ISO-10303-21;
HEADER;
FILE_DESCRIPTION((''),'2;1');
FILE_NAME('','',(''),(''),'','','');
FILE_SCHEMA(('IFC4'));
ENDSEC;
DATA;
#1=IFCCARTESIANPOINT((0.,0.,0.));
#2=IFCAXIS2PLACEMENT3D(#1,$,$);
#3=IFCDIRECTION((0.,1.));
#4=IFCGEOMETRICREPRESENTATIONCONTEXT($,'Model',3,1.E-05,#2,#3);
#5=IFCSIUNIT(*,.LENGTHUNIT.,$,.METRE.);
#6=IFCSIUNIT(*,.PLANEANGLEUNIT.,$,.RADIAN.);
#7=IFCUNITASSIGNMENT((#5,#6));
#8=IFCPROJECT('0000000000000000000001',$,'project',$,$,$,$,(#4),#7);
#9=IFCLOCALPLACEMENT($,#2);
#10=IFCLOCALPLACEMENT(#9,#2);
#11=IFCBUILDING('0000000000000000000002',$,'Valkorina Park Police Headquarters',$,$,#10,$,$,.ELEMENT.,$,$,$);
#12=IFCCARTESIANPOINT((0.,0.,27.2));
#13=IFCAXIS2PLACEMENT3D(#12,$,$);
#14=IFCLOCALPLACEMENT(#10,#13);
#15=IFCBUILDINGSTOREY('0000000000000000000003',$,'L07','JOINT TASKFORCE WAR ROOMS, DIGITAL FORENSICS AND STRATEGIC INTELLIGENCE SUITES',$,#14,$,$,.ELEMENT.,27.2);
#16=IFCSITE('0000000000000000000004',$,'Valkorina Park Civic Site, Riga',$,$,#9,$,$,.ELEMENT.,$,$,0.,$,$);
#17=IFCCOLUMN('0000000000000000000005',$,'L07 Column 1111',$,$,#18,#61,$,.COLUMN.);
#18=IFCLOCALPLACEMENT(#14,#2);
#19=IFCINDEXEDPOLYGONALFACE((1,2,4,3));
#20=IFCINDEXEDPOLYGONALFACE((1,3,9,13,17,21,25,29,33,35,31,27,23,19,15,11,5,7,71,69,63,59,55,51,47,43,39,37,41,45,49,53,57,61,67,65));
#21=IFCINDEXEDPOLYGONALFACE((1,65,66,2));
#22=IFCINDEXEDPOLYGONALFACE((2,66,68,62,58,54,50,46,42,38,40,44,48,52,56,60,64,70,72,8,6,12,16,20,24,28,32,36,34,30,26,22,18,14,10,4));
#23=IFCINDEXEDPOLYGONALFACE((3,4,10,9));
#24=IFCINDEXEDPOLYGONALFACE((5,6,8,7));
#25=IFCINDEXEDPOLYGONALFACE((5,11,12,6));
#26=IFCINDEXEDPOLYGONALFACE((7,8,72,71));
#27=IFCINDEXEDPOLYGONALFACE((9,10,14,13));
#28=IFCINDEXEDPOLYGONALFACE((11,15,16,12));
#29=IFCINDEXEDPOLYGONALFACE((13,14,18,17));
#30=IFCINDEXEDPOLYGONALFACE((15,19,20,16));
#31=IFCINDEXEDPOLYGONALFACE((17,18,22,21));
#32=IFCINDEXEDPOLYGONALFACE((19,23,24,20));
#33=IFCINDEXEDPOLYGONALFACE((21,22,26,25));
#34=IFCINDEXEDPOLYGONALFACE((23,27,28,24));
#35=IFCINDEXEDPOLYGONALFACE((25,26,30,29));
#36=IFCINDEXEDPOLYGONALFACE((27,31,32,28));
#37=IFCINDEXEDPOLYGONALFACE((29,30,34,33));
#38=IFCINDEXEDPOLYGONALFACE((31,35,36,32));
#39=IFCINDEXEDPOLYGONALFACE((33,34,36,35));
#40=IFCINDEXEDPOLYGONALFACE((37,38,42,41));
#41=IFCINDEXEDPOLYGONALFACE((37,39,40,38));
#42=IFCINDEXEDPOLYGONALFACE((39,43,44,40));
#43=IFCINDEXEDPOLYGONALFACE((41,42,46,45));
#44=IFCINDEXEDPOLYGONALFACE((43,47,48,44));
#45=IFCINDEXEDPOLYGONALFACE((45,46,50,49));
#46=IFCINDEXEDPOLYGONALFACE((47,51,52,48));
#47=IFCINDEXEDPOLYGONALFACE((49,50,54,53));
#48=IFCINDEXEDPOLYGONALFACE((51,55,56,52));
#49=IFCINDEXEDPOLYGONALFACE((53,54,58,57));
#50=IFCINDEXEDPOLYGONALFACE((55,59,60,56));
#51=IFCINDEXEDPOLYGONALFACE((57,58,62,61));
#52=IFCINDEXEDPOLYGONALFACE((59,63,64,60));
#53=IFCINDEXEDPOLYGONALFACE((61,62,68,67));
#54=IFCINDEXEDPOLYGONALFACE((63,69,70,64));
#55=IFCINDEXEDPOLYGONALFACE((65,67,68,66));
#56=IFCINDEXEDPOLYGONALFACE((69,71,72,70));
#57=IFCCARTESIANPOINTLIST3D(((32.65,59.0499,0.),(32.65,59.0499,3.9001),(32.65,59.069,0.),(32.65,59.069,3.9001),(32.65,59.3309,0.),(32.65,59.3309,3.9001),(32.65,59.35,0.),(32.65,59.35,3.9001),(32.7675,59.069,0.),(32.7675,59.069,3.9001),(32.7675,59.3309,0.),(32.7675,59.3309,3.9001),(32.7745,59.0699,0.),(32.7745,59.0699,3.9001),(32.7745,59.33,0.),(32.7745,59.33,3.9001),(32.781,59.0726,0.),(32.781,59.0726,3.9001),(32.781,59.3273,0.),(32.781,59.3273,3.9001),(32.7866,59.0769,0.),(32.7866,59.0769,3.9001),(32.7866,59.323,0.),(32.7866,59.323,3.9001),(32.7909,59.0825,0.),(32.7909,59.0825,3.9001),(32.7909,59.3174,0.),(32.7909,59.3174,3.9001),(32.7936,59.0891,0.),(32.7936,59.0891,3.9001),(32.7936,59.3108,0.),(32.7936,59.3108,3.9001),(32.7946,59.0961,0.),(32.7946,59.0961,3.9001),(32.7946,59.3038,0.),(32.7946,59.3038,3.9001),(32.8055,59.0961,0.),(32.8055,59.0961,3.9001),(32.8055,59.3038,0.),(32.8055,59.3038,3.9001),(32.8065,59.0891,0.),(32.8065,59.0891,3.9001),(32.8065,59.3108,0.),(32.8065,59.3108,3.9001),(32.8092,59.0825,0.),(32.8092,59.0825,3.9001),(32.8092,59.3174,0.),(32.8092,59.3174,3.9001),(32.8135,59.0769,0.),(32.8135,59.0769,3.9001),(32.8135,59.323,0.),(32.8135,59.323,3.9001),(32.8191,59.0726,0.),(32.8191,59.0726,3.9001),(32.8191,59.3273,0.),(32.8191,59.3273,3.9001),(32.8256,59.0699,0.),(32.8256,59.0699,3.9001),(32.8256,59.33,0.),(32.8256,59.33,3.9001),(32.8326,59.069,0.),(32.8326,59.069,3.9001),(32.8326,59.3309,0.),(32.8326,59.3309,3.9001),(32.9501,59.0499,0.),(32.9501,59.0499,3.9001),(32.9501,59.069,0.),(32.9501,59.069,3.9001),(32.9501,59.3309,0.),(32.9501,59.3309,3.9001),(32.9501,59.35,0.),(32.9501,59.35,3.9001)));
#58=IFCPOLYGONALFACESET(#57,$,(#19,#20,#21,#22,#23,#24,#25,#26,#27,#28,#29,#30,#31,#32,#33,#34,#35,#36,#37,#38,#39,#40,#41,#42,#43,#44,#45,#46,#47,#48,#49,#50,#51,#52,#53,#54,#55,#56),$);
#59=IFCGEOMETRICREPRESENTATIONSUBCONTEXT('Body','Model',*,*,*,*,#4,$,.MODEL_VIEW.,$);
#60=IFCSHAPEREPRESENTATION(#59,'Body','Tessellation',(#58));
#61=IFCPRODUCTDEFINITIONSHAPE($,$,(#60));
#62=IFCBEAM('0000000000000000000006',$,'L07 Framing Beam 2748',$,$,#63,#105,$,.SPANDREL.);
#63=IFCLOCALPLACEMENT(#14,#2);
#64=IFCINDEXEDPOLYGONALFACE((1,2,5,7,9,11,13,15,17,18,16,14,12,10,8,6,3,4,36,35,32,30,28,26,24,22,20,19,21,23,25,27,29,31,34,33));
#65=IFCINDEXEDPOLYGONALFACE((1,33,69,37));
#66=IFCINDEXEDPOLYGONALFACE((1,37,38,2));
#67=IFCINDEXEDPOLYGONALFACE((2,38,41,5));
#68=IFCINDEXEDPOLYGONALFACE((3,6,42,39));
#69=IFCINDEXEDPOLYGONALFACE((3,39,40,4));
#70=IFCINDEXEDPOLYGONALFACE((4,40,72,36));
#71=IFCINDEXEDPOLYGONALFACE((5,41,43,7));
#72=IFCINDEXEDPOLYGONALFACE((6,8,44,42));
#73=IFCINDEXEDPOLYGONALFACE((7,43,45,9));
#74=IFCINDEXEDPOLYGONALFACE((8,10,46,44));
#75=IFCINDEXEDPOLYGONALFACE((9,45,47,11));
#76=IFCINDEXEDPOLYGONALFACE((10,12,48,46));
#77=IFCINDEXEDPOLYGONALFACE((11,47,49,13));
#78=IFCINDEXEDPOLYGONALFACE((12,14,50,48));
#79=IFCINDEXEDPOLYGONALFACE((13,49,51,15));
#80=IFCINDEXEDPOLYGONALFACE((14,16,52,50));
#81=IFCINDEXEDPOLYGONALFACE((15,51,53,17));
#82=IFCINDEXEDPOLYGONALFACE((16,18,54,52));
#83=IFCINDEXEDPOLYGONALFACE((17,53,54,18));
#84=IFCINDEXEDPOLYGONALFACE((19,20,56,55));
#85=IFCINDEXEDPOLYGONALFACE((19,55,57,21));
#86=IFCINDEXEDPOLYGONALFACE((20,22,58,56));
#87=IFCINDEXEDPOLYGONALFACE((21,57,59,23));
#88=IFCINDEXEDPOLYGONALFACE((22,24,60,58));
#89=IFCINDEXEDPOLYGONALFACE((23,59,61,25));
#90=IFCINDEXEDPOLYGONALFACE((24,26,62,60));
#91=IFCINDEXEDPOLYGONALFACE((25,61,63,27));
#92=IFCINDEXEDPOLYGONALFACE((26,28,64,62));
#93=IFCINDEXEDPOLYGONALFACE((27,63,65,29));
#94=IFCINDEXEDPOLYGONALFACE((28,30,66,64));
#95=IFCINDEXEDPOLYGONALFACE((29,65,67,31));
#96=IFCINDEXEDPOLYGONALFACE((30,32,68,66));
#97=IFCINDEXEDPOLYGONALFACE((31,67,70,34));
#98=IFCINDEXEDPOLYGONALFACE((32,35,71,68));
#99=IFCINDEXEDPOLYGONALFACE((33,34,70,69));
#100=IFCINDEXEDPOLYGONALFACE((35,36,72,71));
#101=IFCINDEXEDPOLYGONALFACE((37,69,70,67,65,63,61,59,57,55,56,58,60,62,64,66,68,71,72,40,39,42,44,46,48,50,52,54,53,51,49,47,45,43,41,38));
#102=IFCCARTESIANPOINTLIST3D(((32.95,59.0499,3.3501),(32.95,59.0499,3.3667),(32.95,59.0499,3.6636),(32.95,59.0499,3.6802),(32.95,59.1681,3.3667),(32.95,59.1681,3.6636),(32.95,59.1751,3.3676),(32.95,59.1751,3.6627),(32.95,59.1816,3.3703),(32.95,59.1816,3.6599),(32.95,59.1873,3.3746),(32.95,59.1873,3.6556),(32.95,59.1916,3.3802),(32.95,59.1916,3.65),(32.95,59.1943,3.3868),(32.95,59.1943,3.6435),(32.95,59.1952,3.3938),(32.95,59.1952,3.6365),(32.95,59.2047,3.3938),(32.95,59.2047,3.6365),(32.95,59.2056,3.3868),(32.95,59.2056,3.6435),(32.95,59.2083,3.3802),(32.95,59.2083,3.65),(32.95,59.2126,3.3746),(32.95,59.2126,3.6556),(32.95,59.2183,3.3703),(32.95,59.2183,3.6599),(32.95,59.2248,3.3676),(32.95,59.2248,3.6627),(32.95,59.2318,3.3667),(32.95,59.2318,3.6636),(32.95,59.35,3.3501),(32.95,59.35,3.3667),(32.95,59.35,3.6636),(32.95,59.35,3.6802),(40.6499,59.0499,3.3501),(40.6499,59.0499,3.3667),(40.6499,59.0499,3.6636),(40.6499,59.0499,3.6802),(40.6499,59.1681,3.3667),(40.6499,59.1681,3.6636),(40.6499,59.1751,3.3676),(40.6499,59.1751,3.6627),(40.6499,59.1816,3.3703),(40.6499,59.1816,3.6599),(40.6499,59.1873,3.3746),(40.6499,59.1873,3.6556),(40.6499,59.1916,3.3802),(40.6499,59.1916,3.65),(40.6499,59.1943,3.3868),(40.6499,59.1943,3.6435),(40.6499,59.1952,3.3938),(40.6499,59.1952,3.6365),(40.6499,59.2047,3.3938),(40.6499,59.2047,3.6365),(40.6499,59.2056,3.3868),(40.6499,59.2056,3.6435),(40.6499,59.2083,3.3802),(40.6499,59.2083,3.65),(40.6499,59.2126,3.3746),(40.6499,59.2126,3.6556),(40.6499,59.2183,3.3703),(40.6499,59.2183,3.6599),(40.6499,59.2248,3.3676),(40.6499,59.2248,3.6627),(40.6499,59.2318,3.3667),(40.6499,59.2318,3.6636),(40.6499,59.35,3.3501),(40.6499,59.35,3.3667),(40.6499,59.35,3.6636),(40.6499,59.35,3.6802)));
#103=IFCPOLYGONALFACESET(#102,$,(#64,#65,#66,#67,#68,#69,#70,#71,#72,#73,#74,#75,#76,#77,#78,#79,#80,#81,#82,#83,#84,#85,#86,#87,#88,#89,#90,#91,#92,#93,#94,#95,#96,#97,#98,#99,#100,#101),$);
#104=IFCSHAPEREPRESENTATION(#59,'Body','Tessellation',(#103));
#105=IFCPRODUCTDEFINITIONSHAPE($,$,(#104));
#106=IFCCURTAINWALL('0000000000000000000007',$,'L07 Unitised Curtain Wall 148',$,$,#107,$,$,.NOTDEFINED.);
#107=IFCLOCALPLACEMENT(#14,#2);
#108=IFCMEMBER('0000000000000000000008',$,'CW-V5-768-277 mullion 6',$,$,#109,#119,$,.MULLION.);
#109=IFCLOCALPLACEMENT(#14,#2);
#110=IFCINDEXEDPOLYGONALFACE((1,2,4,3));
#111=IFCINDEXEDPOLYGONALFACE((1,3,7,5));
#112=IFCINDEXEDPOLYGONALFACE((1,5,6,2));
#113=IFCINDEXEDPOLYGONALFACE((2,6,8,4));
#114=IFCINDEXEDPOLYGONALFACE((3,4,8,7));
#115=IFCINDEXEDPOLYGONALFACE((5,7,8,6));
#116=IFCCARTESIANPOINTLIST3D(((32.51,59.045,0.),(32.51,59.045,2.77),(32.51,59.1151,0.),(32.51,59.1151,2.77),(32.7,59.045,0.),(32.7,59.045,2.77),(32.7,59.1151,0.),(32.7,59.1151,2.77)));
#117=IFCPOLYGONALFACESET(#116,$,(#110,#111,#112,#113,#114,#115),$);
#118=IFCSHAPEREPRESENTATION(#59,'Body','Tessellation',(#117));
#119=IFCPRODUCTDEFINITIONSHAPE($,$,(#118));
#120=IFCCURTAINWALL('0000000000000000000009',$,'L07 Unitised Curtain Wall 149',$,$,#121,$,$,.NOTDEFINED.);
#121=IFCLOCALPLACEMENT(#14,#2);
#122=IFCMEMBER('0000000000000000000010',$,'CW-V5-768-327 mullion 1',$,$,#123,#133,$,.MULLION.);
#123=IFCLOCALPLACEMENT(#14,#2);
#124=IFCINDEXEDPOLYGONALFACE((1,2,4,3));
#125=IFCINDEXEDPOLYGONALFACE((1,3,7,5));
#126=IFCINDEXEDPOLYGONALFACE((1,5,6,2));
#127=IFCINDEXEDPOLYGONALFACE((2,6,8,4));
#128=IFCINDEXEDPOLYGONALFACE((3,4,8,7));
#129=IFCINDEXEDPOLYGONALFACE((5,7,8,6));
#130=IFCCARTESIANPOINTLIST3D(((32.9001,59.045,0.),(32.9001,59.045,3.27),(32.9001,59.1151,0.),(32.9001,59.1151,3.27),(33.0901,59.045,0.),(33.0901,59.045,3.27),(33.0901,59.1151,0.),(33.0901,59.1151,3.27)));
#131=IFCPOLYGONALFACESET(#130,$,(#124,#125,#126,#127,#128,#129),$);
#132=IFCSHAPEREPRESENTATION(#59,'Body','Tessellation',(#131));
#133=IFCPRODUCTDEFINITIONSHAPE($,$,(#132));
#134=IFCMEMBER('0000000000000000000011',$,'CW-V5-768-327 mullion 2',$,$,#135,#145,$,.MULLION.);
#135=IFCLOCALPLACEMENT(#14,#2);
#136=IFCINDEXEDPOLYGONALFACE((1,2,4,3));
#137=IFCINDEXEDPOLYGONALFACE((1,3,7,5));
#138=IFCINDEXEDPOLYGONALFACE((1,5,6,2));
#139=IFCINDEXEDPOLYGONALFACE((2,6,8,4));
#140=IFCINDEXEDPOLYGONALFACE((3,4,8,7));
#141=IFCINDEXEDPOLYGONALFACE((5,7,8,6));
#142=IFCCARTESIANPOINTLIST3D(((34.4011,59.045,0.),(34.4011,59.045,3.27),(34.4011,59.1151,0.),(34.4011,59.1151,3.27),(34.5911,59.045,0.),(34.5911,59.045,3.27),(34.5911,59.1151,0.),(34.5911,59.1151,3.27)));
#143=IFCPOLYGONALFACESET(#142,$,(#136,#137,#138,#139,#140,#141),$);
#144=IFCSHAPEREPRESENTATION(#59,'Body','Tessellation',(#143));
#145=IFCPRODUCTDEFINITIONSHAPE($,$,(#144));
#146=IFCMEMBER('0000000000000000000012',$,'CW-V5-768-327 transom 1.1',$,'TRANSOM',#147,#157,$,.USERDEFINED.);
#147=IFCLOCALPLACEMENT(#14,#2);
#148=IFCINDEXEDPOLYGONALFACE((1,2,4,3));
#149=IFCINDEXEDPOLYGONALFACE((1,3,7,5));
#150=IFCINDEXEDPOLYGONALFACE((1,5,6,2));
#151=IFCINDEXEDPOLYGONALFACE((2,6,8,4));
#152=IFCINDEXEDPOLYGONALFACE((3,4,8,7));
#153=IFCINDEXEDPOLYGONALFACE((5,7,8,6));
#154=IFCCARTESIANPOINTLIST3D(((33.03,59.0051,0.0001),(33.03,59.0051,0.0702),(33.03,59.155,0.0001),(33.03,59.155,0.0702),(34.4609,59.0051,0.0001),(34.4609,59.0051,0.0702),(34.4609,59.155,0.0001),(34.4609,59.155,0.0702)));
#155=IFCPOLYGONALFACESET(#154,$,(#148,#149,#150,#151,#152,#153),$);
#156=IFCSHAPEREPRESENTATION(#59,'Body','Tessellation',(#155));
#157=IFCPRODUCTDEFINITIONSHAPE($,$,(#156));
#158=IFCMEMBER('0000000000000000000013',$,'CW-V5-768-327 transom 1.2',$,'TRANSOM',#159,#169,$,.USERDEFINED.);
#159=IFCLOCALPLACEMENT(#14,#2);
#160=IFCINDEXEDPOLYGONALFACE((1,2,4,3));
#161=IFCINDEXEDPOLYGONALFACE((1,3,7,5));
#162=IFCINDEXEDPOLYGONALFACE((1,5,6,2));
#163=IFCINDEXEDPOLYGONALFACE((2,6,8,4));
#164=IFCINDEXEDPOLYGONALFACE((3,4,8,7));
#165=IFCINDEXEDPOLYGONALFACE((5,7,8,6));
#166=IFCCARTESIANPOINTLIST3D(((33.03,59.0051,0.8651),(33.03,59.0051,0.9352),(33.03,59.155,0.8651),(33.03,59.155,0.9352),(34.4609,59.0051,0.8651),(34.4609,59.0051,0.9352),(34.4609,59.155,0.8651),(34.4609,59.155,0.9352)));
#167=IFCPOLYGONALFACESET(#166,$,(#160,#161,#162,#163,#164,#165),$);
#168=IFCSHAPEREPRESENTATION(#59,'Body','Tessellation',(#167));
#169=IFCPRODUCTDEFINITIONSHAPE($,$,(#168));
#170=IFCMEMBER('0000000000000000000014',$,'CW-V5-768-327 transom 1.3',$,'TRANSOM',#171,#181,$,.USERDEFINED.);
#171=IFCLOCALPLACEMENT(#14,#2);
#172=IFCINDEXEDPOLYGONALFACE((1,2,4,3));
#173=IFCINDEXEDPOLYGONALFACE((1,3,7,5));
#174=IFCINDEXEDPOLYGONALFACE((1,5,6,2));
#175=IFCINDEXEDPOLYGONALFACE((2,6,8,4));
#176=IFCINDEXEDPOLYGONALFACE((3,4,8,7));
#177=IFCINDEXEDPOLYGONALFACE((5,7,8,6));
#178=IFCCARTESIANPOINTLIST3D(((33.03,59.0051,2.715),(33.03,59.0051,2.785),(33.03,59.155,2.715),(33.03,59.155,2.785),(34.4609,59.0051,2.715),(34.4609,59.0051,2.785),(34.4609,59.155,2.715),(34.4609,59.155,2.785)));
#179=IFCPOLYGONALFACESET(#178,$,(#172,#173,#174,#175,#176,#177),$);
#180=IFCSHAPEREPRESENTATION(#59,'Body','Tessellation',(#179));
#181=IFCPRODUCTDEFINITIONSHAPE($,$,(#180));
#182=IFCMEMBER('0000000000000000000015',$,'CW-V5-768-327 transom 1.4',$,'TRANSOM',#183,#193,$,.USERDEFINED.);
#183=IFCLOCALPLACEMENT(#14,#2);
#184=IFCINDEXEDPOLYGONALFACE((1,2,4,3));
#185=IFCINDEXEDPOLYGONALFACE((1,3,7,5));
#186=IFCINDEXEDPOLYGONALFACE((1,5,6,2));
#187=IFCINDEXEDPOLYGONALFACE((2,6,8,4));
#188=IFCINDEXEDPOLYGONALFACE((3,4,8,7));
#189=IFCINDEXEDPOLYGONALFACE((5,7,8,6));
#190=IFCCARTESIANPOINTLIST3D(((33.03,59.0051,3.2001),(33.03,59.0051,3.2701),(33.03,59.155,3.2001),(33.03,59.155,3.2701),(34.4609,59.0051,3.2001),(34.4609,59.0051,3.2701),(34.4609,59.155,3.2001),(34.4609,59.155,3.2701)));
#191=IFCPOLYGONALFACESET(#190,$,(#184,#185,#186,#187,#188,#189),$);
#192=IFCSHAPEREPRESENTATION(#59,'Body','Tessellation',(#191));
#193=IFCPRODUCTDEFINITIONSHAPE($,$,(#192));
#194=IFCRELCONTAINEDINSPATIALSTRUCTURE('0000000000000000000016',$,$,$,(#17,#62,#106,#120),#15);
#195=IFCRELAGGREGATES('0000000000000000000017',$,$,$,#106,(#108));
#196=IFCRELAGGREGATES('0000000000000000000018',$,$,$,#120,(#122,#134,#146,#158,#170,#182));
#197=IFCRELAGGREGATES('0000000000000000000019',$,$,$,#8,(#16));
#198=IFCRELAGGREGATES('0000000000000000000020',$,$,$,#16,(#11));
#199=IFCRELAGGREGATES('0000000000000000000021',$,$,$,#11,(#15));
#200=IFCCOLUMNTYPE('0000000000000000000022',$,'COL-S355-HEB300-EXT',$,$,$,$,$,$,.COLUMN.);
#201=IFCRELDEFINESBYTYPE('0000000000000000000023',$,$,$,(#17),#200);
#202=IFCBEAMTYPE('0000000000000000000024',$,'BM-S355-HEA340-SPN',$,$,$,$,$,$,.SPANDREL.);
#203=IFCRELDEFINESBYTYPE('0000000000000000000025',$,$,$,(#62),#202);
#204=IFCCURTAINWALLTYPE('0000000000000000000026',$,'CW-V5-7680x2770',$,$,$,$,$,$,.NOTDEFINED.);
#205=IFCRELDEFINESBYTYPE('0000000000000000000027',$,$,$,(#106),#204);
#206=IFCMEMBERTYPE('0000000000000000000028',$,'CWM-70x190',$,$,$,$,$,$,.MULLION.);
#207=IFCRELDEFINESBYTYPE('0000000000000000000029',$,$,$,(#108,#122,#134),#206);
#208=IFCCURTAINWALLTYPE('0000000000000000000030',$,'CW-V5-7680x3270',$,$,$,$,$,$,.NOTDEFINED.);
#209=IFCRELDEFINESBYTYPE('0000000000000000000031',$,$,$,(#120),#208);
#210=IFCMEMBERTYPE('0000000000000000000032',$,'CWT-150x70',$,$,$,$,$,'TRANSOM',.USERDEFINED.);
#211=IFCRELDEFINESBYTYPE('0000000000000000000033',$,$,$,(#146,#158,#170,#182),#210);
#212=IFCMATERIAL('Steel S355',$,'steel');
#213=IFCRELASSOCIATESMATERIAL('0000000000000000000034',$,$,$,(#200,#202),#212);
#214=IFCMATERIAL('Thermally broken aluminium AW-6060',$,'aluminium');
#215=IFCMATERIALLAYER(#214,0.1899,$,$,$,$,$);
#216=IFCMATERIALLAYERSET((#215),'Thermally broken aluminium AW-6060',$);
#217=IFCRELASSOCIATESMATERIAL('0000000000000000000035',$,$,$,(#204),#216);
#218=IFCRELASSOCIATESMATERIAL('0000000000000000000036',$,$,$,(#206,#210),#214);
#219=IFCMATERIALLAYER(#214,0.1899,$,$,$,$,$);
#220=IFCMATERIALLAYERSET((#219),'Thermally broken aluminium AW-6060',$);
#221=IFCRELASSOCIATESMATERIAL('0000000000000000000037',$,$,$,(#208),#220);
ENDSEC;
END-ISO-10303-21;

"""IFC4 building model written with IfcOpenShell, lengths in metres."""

from ifc_helpers import new_model, si_unit, direction, frame, origin, origin_2d, place, context, subcontext, project, spatial, rectangle, i_section, extrude, material, layer, layer_set, material_profile, profile_set, type_object, element, aggregate, save


model = new_model("IFC4")

# Units and contexts
model_context = context("Model", 3, precision=1e-05, world=origin(), true_north=direction((0.0, 1.0)))
body_context = subcontext(model_context, "Body", "Model", "MODEL_VIEW")
ifc_project = project(units=[si_unit("LENGTHUNIT", "METRE"), si_unit("PLANEANGLEUNIT", "RADIAN")], contexts=[model_context])

# Site, building, storey
site_placement = place(None, origin())
site = spatial("IfcSite", under=ifc_project, at=site_placement, Name="Valkorina Park Civic Site, Riga", CompositionType="ELEMENT", RefElevation=0.0)
building_placement = place(site_placement, origin())
building = spatial("IfcBuilding", under=site, at=building_placement, Name="Valkorina Park Police Headquarters", CompositionType="ELEMENT")
storey_placement = place(building_placement, frame((0.0, 0.0, 27.2)))
storey = spatial("IfcBuildingStorey", under=building, at=storey_placement, Name="L07", Description="JOINT TASKFORCE WAR ROOMS, DIGITAL FORENSICS AND STRATEGIC INTELLIGENCE SUITES", CompositionType="ELEMENT", Elevation=27.2)

# Column
ifc_material_1 = material(Name="Steel S355", Category="steel")
ifc_material_profile_1 = material_profile(ifc_material_1, i_section(OverallWidth=0.3, OverallDepth=0.3, WebThickness=0.011, FlangeThickness=0.019, FilletRadius=0.0271, at=origin_2d()), Name="HEB 300")
ifc_profile_set_1 = profile_set([ifc_material_profile_1], Name="Steel S355")
column_type = type_object("IfcColumnType", Name="COL-S355-HEB300-EXT", PredefinedType="COLUMN", material=ifc_profile_set_1)
column_placement = place(storey_placement, frame((32.8, 59.2, 0.0), z_axis=(0.0, 0.0, 1.0), x_axis=(1.0, 0.0, 0.0)))
element("IfcColumn", 1, at=column_placement, inside=storey, type_object=column_type, Name="L07 Column 1111", PredefinedType="COLUMN", context=body_context, shape_type="SweptSolid", body=[
    extrude(i_section(OverallWidth=0.3, OverallDepth=0.3, WebThickness=0.011, FlangeThickness=0.019, FilletRadius=0.0271, at=origin_2d()), origin(), (0.0, 0.0, 1.0), 3.9001),
])

# Beam
ifc_material_profile_2 = material_profile(ifc_material_1, i_section(OverallWidth=0.3, OverallDepth=0.3301, WebThickness=0.0095, FlangeThickness=0.0166, FilletRadius=0.0271, at=origin_2d()), Name="HEA 340")
ifc_profile_set_2 = profile_set([ifc_material_profile_2], Name="Steel S355")
beam_type = type_object("IfcBeamType", Name="BM-S355-HEA340-SPN", PredefinedType="SPANDREL", material=ifc_profile_set_2)
beam_placement = place(storey_placement, frame((32.95, 59.2, 3.5151), z_axis=(1.0, 0.0, 0.0), x_axis=(0.0, 1.0, 0.0)))
element("IfcBeam", 2, at=beam_placement, inside=storey, type_object=beam_type, Name="L07 Framing Beam 2748", PredefinedType="SPANDREL", context=body_context, shape_type="SweptSolid", body=[
    extrude(i_section(OverallWidth=0.3, OverallDepth=0.3301, WebThickness=0.0095, FlangeThickness=0.0166, FilletRadius=0.0271, at=origin_2d()), origin(), (0.0, 0.0, 1.0), 7.7),
])

# Curtain wall, member
ifc_material_2 = material(Name="Thermally broken aluminium AW-6060", Category="aluminium")
ifc_layer_1 = layer(ifc_material_2, 0.1899)
ifc_layer_set_1 = layer_set([ifc_layer_1], Name="Thermally broken aluminium AW-6060")
curtain_wall_type_1 = type_object("IfcCurtainWallType", Name="CW-V5-7680x2770", PredefinedType="NOTDEFINED", material=ifc_layer_set_1)
curtain_wall_1_placement = place(storey_placement, origin())
curtain_wall_1 = element("IfcCurtainWall", 3, at=curtain_wall_1_placement, inside=storey, type_object=curtain_wall_type_1, Name="L07 Unitised Curtain Wall 148", PredefinedType="NOTDEFINED")
ifc_material_profile_3 = material_profile(ifc_material_2, rectangle(XDim=0.0701, YDim=0.1899, at=origin_2d()), Name="CWM-02 70x190")
ifc_profile_set_3 = profile_set([ifc_material_profile_3], Name="Thermally broken aluminium AW-6060")
member_type_1 = type_object("IfcMemberType", Name="CWM-70x190", PredefinedType="MULLION", material=ifc_profile_set_3)
member_1_placement = place(storey_placement, frame((32.605, 59.0801, 0.0), z_axis=(0.0, 0.0, 1.0), x_axis=(0.0, 1.0, 0.0)))
member_1 = element("IfcMember", 4, at=member_1_placement, type_object=member_type_1, Name="CW-V5-768-277 mullion 6", PredefinedType="MULLION", context=body_context, shape_type="SweptSolid", body=[
    extrude(rectangle(XDim=0.0701, YDim=0.1899, at=origin_2d()), origin(), (0.0, 0.0, 1.0), 2.77),
])

# Curtain wall, members
ifc_layer_2 = layer(ifc_material_2, 0.1899)
ifc_layer_set_2 = layer_set([ifc_layer_2], Name="Thermally broken aluminium AW-6060")
curtain_wall_type_2 = type_object("IfcCurtainWallType", Name="CW-V5-7680x3270", PredefinedType="NOTDEFINED", material=ifc_layer_set_2)
curtain_wall_2_placement = place(storey_placement, origin())
curtain_wall_2 = element("IfcCurtainWall", 5, at=curtain_wall_2_placement, inside=storey, type_object=curtain_wall_type_2, Name="L07 Unitised Curtain Wall 149", PredefinedType="NOTDEFINED")
member_2_placement = place(storey_placement, frame((32.9951, 59.0801, 0.0), z_axis=(0.0, 0.0, 1.0), x_axis=(0.0, 1.0, 0.0)))
member_2 = element("IfcMember", 6, at=member_2_placement, type_object=member_type_1, Name="CW-V5-768-327 mullion 1", PredefinedType="MULLION", context=body_context, shape_type="SweptSolid", body=[
    extrude(rectangle(XDim=0.0701, YDim=0.1899, at=origin_2d()), origin(), (0.0, 0.0, 1.0), 3.27),
])
member_3_placement = place(storey_placement, frame((34.4961, 59.0801, 0.0), z_axis=(0.0, 0.0, 1.0), x_axis=(0.0, 1.0, 0.0)))
member_3 = element("IfcMember", 7, at=member_3_placement, type_object=member_type_1, Name="CW-V5-768-327 mullion 2", PredefinedType="MULLION", context=body_context, shape_type="SweptSolid", body=[
    extrude(rectangle(XDim=0.0701, YDim=0.1899, at=origin_2d()), origin(), (0.0, 0.0, 1.0), 3.27),
])
ifc_material_profile_4 = material_profile(ifc_material_2, rectangle(XDim=0.1499, YDim=0.0701, at=origin_2d()), Name="CWT-02 150x70")
ifc_profile_set_4 = profile_set([ifc_material_profile_4], Name="Thermally broken aluminium AW-6060")
member_type_2 = type_object("IfcMemberType", Name="CWT-150x70", ElementType="TRANSOM", PredefinedType="USERDEFINED", material=ifc_profile_set_4)
member_4_placement = place(storey_placement, frame((33.03, 59.0801, 0.0352), z_axis=(1.0, 0.0, 0.0), x_axis=(0.0, 1.0, 0.0)))
member_4 = element("IfcMember", 8, at=member_4_placement, type_object=member_type_2, Name="CW-V5-768-327 transom 1.1", ObjectType="TRANSOM", PredefinedType="USERDEFINED", context=body_context, shape_type="SweptSolid", body=[
    extrude(rectangle(XDim=0.1499, YDim=0.0701, at=origin_2d()), origin(), (0.0, 0.0, 1.0), 1.4309),
])
member_5_placement = place(storey_placement, frame((33.03, 59.0801, 0.9001), z_axis=(1.0, 0.0, 0.0), x_axis=(0.0, 1.0, 0.0)))
member_5 = element("IfcMember", 9, at=member_5_placement, type_object=member_type_2, Name="CW-V5-768-327 transom 1.2", ObjectType="TRANSOM", PredefinedType="USERDEFINED", context=body_context, shape_type="SweptSolid", body=[
    extrude(rectangle(XDim=0.1499, YDim=0.0701, at=origin_2d()), origin(), (0.0, 0.0, 1.0), 1.4309),
])
member_6_placement = place(storey_placement, frame((33.03, 59.0801, 2.75), z_axis=(1.0, 0.0, 0.0), x_axis=(0.0, 1.0, 0.0)))
member_6 = element("IfcMember", 10, at=member_6_placement, type_object=member_type_2, Name="CW-V5-768-327 transom 1.3", ObjectType="TRANSOM", PredefinedType="USERDEFINED", context=body_context, shape_type="SweptSolid", body=[
    extrude(rectangle(XDim=0.1499, YDim=0.0701, at=origin_2d()), origin(), (0.0, 0.0, 1.0), 1.4309),
])
member_7_placement = place(storey_placement, frame((33.03, 59.0801, 3.2351), z_axis=(1.0, 0.0, 0.0), x_axis=(0.0, 1.0, 0.0)))
member_7 = element("IfcMember", 11, at=member_7_placement, type_object=member_type_2, Name="CW-V5-768-327 transom 1.4", ObjectType="TRANSOM", PredefinedType="USERDEFINED", context=body_context, shape_type="SweptSolid", body=[
    extrude(rectangle(XDim=0.1499, YDim=0.0701, at=origin_2d()), origin(), (0.0, 0.0, 1.0), 1.4309),
])

aggregate(curtain_wall_1, [member_1])
aggregate(curtain_wall_2, [member_2, member_3, member_4, member_5, member_6, member_7])

save(model, "model.ifc")
